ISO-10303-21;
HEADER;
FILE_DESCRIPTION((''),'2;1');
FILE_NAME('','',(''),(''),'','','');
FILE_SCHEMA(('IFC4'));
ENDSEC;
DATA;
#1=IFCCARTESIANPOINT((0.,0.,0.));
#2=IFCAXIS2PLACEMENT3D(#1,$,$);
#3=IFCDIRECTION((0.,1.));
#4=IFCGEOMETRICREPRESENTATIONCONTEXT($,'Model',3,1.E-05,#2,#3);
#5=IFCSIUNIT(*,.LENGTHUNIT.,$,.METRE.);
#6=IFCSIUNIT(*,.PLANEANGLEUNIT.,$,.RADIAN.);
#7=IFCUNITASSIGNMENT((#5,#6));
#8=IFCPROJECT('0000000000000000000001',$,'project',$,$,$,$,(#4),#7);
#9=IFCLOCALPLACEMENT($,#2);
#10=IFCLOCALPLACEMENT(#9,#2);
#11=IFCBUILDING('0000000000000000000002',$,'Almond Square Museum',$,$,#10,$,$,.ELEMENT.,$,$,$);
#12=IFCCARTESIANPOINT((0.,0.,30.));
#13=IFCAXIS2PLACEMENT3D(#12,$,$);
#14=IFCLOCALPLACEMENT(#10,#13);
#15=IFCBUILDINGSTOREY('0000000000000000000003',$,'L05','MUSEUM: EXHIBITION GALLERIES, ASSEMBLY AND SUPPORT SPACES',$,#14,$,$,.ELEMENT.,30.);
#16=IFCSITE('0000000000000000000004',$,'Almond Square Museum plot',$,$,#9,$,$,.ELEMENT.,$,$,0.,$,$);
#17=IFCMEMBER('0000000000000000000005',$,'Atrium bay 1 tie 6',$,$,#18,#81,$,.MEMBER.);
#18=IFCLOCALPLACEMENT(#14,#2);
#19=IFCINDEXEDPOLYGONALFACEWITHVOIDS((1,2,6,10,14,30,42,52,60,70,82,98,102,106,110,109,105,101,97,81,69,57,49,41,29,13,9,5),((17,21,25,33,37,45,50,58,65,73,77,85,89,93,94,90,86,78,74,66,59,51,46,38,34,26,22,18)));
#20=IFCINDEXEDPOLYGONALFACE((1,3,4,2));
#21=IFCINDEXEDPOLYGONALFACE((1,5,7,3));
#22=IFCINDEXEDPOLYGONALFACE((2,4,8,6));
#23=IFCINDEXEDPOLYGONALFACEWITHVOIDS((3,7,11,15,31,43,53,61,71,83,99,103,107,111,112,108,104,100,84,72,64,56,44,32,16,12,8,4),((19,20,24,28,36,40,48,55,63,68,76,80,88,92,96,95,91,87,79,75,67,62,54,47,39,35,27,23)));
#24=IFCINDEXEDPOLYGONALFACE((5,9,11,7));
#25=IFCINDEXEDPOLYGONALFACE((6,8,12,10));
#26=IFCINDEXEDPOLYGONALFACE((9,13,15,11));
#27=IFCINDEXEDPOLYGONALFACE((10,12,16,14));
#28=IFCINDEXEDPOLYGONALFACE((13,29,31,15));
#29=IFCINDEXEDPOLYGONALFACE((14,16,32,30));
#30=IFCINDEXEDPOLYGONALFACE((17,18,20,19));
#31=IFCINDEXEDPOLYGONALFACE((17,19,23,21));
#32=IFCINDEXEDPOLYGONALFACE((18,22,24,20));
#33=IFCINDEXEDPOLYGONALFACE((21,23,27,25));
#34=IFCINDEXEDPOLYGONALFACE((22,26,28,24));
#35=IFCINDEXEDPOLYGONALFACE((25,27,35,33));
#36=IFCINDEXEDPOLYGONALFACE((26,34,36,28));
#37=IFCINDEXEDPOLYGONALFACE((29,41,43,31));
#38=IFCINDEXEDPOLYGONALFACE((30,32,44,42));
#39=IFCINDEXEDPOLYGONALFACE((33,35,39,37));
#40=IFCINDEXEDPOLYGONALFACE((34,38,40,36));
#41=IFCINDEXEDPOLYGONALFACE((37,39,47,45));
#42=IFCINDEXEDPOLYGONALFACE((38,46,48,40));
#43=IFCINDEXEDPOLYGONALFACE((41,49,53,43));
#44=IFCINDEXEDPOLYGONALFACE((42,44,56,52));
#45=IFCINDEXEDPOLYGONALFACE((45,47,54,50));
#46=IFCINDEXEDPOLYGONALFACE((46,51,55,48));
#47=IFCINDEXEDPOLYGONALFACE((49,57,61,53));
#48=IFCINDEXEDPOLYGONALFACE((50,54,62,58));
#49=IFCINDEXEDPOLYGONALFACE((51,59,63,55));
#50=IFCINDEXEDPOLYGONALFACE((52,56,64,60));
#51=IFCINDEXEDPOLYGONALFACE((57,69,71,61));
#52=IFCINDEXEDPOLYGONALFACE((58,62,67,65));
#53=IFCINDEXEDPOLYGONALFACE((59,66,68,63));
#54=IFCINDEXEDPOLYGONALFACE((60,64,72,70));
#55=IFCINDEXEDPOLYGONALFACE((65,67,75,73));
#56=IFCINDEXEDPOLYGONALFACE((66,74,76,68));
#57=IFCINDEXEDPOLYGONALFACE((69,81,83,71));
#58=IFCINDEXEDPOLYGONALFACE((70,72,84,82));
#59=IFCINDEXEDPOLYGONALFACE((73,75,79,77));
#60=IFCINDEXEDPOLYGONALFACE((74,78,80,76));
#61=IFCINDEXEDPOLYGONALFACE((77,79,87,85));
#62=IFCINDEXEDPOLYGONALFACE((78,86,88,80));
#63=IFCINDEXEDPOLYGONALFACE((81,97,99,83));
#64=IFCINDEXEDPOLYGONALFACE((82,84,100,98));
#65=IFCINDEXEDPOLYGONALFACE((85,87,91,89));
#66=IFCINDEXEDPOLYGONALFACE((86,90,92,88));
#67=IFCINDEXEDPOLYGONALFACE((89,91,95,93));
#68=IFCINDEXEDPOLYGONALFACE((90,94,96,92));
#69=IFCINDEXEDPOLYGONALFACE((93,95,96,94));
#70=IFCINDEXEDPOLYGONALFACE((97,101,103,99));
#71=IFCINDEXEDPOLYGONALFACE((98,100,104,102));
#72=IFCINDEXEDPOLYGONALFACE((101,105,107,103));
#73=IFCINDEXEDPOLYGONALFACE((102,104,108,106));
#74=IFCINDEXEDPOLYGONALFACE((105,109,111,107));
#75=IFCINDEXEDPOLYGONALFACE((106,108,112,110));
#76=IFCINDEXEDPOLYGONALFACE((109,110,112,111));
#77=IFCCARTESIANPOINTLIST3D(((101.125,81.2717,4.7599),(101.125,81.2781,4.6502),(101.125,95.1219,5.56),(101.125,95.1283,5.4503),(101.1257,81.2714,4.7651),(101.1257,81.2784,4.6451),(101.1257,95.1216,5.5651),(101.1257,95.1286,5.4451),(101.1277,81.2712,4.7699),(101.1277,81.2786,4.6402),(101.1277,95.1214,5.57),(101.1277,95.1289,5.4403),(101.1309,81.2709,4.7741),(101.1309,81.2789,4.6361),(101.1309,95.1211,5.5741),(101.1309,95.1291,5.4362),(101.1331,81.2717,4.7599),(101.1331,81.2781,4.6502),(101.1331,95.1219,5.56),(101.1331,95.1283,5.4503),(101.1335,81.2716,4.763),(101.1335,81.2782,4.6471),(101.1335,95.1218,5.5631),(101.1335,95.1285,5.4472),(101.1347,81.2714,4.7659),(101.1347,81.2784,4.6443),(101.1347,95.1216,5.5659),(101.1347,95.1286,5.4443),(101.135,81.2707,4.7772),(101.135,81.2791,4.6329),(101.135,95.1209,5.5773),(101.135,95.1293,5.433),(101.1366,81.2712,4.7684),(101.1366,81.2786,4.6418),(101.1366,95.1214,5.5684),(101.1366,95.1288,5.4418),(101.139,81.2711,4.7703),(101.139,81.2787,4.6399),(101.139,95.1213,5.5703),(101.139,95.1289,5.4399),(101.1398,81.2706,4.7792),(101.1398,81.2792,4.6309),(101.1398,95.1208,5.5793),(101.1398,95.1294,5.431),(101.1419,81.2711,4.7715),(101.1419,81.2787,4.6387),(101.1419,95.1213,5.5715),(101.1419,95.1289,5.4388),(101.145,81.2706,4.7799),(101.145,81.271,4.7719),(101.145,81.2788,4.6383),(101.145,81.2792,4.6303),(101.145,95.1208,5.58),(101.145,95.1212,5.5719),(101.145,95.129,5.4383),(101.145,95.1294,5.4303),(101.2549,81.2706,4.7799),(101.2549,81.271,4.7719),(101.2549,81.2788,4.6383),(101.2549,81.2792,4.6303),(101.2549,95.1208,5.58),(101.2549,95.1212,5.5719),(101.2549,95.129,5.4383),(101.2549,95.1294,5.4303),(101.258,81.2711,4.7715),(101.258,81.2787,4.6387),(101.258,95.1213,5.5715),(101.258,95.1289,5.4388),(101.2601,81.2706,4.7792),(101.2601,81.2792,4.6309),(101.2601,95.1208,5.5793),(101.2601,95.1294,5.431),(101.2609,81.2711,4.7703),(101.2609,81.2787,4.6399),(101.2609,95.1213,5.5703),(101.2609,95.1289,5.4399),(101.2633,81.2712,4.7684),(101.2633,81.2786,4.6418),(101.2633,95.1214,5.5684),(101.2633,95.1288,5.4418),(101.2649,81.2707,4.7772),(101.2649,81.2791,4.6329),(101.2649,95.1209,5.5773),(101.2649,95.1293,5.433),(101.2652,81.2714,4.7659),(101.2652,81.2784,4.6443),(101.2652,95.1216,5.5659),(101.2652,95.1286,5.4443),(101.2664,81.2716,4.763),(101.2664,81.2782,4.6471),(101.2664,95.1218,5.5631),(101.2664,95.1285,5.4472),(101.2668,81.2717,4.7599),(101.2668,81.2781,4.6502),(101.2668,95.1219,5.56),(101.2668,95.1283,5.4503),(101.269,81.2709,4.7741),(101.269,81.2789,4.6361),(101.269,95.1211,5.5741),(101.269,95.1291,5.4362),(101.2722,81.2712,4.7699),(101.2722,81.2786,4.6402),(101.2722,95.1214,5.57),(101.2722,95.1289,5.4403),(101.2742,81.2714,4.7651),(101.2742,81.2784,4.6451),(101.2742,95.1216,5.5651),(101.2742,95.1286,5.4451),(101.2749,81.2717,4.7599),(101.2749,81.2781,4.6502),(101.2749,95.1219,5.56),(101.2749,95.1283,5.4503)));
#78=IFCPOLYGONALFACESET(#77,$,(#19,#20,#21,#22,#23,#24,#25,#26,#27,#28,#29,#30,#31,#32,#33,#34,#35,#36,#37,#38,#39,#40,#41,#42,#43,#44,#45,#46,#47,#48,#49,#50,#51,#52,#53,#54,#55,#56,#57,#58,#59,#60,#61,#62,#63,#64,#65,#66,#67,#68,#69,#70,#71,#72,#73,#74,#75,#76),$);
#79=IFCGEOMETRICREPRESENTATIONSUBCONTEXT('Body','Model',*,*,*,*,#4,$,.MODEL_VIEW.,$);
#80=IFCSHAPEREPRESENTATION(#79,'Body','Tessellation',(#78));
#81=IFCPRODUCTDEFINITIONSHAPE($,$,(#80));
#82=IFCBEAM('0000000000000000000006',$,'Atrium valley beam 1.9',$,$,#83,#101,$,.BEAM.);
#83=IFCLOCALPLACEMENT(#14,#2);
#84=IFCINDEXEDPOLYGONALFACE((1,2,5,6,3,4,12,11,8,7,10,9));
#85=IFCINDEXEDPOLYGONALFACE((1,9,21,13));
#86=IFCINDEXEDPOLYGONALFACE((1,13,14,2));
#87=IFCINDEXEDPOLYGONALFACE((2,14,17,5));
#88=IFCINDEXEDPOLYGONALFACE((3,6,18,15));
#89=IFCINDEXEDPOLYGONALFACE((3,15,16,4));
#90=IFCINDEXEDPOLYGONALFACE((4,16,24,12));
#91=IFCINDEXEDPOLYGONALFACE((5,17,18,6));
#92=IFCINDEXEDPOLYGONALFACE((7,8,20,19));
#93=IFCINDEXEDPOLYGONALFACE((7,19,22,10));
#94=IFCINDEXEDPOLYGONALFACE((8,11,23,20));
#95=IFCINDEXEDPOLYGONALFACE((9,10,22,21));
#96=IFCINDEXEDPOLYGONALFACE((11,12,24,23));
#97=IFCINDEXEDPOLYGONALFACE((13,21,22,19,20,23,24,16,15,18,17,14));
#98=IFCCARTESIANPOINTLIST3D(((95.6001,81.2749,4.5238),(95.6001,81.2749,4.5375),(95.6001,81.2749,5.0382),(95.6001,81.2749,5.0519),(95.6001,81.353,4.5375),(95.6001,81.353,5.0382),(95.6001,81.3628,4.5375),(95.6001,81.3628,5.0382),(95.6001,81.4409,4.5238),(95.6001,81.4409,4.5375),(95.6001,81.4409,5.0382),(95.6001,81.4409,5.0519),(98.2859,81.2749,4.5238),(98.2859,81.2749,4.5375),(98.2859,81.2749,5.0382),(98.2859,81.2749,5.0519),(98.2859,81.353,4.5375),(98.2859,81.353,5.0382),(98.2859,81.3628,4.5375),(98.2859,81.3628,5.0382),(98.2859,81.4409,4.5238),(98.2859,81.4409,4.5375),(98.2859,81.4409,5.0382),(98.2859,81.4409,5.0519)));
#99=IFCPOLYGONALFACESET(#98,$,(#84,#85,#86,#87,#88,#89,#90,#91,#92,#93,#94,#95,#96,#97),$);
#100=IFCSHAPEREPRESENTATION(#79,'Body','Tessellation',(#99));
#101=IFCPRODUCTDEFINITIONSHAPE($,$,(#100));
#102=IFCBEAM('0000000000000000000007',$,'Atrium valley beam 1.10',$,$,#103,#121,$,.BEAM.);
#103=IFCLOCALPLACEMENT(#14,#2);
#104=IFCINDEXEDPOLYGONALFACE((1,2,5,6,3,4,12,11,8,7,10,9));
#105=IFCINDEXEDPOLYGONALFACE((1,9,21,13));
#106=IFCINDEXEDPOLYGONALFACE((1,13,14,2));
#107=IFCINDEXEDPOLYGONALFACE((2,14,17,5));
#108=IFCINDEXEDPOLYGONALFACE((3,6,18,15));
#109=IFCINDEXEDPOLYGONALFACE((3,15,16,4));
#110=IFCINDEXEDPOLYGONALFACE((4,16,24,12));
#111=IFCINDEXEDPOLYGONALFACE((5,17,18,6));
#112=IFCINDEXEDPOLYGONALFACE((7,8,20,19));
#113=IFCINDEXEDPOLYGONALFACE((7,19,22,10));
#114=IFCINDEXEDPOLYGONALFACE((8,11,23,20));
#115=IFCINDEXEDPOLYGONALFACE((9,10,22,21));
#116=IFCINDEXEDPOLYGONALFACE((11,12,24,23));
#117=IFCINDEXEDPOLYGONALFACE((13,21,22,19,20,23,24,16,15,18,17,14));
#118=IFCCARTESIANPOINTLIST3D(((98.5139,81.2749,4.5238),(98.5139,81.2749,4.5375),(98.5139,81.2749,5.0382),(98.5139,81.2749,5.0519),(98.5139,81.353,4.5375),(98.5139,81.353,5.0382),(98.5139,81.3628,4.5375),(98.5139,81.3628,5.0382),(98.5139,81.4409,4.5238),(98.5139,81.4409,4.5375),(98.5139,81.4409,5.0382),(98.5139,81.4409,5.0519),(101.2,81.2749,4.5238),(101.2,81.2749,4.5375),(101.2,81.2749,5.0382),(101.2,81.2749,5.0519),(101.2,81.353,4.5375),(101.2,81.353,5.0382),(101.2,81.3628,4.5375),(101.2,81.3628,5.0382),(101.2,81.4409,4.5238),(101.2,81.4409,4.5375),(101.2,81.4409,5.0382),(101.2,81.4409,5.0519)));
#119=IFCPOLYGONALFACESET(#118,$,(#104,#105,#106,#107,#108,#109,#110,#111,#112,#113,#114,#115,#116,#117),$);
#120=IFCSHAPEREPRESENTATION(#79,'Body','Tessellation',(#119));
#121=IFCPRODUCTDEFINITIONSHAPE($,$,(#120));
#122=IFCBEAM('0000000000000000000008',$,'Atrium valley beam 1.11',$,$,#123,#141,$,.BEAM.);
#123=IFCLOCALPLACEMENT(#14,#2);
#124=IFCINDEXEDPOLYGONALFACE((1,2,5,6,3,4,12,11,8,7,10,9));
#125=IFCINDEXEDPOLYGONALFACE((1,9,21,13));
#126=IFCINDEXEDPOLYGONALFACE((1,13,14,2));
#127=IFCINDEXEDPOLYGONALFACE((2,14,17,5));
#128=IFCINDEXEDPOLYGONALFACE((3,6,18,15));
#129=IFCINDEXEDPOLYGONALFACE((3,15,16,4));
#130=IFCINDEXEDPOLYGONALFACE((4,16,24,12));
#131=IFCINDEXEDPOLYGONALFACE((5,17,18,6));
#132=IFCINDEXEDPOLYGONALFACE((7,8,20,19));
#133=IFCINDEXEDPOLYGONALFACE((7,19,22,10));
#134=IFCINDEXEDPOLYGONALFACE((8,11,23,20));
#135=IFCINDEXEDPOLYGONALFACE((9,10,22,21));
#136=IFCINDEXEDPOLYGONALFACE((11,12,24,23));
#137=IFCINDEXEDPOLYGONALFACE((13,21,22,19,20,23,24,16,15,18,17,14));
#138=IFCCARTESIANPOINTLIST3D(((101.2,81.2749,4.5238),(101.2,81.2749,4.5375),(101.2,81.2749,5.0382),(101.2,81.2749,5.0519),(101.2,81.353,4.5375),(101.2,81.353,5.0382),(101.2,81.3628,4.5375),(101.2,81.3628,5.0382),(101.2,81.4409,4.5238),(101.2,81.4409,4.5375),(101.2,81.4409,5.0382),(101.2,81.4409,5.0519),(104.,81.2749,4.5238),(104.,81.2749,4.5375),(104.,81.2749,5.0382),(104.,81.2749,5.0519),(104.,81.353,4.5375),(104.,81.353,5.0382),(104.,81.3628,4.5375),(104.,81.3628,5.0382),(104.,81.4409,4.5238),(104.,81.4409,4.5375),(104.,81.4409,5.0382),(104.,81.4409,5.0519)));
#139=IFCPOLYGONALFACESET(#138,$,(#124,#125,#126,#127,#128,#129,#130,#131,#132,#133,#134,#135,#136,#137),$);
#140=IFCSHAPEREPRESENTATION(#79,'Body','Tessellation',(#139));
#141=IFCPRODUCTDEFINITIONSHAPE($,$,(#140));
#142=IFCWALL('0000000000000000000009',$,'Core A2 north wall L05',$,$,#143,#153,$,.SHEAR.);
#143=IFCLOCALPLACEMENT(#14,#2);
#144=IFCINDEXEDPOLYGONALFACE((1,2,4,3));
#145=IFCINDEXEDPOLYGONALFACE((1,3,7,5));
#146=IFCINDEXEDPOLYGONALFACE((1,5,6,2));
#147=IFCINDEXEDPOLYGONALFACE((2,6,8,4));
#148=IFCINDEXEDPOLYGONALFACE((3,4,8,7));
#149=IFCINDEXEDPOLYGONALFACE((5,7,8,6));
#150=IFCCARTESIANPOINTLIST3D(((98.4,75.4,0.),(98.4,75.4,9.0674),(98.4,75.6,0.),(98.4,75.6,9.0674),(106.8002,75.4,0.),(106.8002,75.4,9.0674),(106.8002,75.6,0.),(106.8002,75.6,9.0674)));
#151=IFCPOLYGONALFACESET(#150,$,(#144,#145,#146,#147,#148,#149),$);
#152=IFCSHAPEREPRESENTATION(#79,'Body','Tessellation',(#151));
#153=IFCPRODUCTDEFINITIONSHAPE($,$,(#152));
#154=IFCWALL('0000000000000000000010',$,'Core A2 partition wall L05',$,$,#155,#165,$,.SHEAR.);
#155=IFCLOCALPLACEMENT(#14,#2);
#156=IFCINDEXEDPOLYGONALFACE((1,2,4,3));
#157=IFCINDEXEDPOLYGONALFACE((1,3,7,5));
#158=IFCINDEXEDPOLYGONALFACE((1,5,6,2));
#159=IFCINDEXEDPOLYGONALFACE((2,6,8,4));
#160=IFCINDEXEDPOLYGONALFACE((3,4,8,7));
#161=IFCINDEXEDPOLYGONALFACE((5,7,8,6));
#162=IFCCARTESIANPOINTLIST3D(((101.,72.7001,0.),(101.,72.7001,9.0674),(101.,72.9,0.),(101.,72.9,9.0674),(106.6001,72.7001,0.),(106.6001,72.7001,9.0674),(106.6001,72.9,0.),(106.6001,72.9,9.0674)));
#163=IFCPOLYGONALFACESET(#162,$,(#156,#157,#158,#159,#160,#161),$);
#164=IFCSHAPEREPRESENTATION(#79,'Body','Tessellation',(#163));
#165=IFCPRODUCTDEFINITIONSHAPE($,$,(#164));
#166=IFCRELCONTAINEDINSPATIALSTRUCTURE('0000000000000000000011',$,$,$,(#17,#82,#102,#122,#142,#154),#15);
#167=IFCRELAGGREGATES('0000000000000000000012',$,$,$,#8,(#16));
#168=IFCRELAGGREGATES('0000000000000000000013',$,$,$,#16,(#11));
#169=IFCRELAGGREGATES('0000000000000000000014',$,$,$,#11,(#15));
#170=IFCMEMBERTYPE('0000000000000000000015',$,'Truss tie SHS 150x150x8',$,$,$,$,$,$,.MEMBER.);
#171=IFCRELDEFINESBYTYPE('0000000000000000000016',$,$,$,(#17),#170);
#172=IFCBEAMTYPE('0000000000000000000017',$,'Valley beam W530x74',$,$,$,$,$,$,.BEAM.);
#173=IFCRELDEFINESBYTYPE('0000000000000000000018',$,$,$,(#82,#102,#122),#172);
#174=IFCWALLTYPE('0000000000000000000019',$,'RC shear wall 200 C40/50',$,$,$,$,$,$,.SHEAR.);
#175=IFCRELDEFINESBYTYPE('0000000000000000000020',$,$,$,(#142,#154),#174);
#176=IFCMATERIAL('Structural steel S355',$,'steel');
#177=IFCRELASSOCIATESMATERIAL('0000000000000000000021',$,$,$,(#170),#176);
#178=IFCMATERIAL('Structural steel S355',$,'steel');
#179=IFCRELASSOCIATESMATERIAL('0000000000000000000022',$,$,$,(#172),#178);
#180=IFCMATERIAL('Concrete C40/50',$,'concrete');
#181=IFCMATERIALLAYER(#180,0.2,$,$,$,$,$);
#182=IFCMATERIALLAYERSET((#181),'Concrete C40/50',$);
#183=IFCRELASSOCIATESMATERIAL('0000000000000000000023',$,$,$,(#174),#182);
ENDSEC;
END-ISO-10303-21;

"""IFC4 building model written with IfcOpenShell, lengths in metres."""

from ifc_helpers import new_model, si_unit, direction, frame, frame_2d, origin, origin_2d, place, context, subcontext, project, spatial, rectangle, hollow_rectangle, i_section, extrude, material, layer, layer_set, material_profile, profile_set, type_object, element, save


model = new_model("IFC4")

# Units and contexts
model_context = context("Model", 3, precision=1e-05, world=origin(), true_north=direction((0.0, 1.0)))
body_context = subcontext(model_context, "Body", "Model", "MODEL_VIEW")
ifc_project = project(units=[si_unit("LENGTHUNIT", "METRE"), si_unit("PLANEANGLEUNIT", "RADIAN")], contexts=[model_context])

# Site, building, storey
site_placement = place(None, origin())
site = spatial("IfcSite", under=ifc_project, at=site_placement, Name="Almond Square Museum plot", CompositionType="ELEMENT", RefElevation=0.0)
building_placement = place(site_placement, origin())
building = spatial("IfcBuilding", under=site, at=building_placement, Name="Almond Square Museum", CompositionType="ELEMENT")
storey_placement = place(building_placement, frame((0.0, 0.0, 30.0)))
storey = spatial("IfcBuildingStorey", under=building, at=storey_placement, Name="L05", Description="MUSEUM: EXHIBITION GALLERIES, ASSEMBLY AND SUPPORT SPACES", CompositionType="ELEMENT", Elevation=30.0)

# Member
ifc_material_1 = material(Name="Structural steel S355", Category="steel")
ifc_material_profile_1 = material_profile(ifc_material_1, hollow_rectangle(XDim=0.1499, YDim=0.1499, WallThickness=0.0081, InnerFilletRadius=0.012, OuterFilletRadius=0.02, at=origin_2d()))
ifc_profile_set_1 = profile_set([ifc_material_profile_1], Name="Structural steel S355")
member_type_1 = type_object("IfcMemberType", Name="Truss tie SHS 150x150x8", PredefinedType="MEMBER", material=ifc_profile_set_1)
for number, where, z_axis, x_axis, name in (
    (1, (101.2, 81.2749, 4.7051), (0.0, 0.998336, 0.057669), (-1.0, 0.0, 0.0), "Atrium bay 1 tie 6"),
):
    element("IfcMember", number, at=place(storey_placement, frame(where, z_axis=z_axis, x_axis=x_axis)), inside=storey, type_object=member_type_1, Name=name, PredefinedType="MEMBER", context=body_context, shape_type="SweptSolid", body=[
        extrude(hollow_rectangle(XDim=0.1499, YDim=0.1499, WallThickness=0.0081, InnerFilletRadius=0.012, OuterFilletRadius=0.02, at=origin_2d()), origin(), (0.0, 0.0, 1.0), 13.8733),
    ])

# Beams
ifc_material_2 = material(Name="Structural steel S355", Category="steel")
ifc_material_profile_2 = material_profile(ifc_material_2, i_section(OverallWidth=0.166, OverallDepth=0.5281, WebThickness=0.0098, FlangeThickness=0.0137, at=origin_2d()))
ifc_profile_set_2 = profile_set([ifc_material_profile_2], Name="Structural steel S355")
beam_type_1 = type_object("IfcBeamType", Name="Valley beam W530x74", PredefinedType="BEAM", material=ifc_profile_set_2)
beam_1_placement = place(storey_placement, frame((95.6001, 81.3579, 4.7878), z_axis=(1.0, 0.0, 0.0), x_axis=(0.0, 1.0, 0.0)))
element("IfcBeam", 2, at=beam_1_placement, inside=storey, type_object=beam_type_1, Name="Atrium valley beam 1.9", PredefinedType="BEAM", context=body_context, shape_type="SweptSolid", body=[
    extrude(i_section(OverallWidth=0.166, OverallDepth=0.5281, WebThickness=0.0098, FlangeThickness=0.0137, at=origin_2d()), origin(), (0.0, 0.0, 1.0), 2.6858),
])
beam_2_placement = place(storey_placement, frame((98.5139, 81.3579, 4.7878), z_axis=(1.0, 0.0, 0.0), x_axis=(0.0, 1.0, 0.0)))
element("IfcBeam", 3, at=beam_2_placement, inside=storey, type_object=beam_type_1, Name="Atrium valley beam 1.10", PredefinedType="BEAM", context=body_context, shape_type="SweptSolid", body=[
    extrude(i_section(OverallWidth=0.166, OverallDepth=0.5281, WebThickness=0.0098, FlangeThickness=0.0137, at=origin_2d()), origin(), (0.0, 0.0, 1.0), 2.686),
])
beam_3_placement = place(storey_placement, frame((101.2, 81.3579, 4.7878), z_axis=(1.0, 0.0, 0.0), x_axis=(0.0, 1.0, 0.0)))
element("IfcBeam", 4, at=beam_3_placement, inside=storey, type_object=beam_type_1, Name="Atrium valley beam 1.11", PredefinedType="BEAM", context=body_context, shape_type="SweptSolid", body=[
    extrude(i_section(OverallWidth=0.166, OverallDepth=0.5281, WebThickness=0.0098, FlangeThickness=0.0137, at=origin_2d()), origin(), (0.0, 0.0, 1.0), 2.8),
])

# Walls
ifc_material_3 = material(Name="Concrete C40/50", Category="concrete")
ifc_layer = layer(ifc_material_3, 0.2)
ifc_layer_set = layer_set([ifc_layer], Name="Concrete C40/50")
wall_type = type_object("IfcWallType", Name="RC shear wall 200 C40/50", PredefinedType="SHEAR", material=ifc_layer_set)
wall_1_placement = place(storey_placement, frame((98.3999, 75.5, 0.0), z_axis=(0.0, 0.0, 1.0), x_axis=(1.0, 0.0, 0.0)))
element("IfcWall", 5, at=wall_1_placement, inside=storey, type_object=wall_type, Name="Core A2 north wall L05", PredefinedType="SHEAR", context=body_context, shape_type="SweptSolid", body=[
    extrude(rectangle(XDim=8.4001, YDim=0.2, at=frame_2d((4.2002, 0.0))), origin(), (0.0, 0.0, 1.0), 9.0674),
])
wall_2_placement = place(storey_placement, frame((101.0, 72.8, 0.0), z_axis=(0.0, 0.0, 1.0), x_axis=(1.0, 0.0, 0.0)))
element("IfcWall", 6, at=wall_2_placement, inside=storey, type_object=wall_type, Name="Core A2 partition wall L05", PredefinedType="SHEAR", context=body_context, shape_type="SweptSolid", body=[
    extrude(rectangle(XDim=5.6001, YDim=0.2, at=frame_2d((2.8, 0.0))), origin(), (0.0, 0.0, 1.0), 9.0674),
])

save(model, "model.ifc")
